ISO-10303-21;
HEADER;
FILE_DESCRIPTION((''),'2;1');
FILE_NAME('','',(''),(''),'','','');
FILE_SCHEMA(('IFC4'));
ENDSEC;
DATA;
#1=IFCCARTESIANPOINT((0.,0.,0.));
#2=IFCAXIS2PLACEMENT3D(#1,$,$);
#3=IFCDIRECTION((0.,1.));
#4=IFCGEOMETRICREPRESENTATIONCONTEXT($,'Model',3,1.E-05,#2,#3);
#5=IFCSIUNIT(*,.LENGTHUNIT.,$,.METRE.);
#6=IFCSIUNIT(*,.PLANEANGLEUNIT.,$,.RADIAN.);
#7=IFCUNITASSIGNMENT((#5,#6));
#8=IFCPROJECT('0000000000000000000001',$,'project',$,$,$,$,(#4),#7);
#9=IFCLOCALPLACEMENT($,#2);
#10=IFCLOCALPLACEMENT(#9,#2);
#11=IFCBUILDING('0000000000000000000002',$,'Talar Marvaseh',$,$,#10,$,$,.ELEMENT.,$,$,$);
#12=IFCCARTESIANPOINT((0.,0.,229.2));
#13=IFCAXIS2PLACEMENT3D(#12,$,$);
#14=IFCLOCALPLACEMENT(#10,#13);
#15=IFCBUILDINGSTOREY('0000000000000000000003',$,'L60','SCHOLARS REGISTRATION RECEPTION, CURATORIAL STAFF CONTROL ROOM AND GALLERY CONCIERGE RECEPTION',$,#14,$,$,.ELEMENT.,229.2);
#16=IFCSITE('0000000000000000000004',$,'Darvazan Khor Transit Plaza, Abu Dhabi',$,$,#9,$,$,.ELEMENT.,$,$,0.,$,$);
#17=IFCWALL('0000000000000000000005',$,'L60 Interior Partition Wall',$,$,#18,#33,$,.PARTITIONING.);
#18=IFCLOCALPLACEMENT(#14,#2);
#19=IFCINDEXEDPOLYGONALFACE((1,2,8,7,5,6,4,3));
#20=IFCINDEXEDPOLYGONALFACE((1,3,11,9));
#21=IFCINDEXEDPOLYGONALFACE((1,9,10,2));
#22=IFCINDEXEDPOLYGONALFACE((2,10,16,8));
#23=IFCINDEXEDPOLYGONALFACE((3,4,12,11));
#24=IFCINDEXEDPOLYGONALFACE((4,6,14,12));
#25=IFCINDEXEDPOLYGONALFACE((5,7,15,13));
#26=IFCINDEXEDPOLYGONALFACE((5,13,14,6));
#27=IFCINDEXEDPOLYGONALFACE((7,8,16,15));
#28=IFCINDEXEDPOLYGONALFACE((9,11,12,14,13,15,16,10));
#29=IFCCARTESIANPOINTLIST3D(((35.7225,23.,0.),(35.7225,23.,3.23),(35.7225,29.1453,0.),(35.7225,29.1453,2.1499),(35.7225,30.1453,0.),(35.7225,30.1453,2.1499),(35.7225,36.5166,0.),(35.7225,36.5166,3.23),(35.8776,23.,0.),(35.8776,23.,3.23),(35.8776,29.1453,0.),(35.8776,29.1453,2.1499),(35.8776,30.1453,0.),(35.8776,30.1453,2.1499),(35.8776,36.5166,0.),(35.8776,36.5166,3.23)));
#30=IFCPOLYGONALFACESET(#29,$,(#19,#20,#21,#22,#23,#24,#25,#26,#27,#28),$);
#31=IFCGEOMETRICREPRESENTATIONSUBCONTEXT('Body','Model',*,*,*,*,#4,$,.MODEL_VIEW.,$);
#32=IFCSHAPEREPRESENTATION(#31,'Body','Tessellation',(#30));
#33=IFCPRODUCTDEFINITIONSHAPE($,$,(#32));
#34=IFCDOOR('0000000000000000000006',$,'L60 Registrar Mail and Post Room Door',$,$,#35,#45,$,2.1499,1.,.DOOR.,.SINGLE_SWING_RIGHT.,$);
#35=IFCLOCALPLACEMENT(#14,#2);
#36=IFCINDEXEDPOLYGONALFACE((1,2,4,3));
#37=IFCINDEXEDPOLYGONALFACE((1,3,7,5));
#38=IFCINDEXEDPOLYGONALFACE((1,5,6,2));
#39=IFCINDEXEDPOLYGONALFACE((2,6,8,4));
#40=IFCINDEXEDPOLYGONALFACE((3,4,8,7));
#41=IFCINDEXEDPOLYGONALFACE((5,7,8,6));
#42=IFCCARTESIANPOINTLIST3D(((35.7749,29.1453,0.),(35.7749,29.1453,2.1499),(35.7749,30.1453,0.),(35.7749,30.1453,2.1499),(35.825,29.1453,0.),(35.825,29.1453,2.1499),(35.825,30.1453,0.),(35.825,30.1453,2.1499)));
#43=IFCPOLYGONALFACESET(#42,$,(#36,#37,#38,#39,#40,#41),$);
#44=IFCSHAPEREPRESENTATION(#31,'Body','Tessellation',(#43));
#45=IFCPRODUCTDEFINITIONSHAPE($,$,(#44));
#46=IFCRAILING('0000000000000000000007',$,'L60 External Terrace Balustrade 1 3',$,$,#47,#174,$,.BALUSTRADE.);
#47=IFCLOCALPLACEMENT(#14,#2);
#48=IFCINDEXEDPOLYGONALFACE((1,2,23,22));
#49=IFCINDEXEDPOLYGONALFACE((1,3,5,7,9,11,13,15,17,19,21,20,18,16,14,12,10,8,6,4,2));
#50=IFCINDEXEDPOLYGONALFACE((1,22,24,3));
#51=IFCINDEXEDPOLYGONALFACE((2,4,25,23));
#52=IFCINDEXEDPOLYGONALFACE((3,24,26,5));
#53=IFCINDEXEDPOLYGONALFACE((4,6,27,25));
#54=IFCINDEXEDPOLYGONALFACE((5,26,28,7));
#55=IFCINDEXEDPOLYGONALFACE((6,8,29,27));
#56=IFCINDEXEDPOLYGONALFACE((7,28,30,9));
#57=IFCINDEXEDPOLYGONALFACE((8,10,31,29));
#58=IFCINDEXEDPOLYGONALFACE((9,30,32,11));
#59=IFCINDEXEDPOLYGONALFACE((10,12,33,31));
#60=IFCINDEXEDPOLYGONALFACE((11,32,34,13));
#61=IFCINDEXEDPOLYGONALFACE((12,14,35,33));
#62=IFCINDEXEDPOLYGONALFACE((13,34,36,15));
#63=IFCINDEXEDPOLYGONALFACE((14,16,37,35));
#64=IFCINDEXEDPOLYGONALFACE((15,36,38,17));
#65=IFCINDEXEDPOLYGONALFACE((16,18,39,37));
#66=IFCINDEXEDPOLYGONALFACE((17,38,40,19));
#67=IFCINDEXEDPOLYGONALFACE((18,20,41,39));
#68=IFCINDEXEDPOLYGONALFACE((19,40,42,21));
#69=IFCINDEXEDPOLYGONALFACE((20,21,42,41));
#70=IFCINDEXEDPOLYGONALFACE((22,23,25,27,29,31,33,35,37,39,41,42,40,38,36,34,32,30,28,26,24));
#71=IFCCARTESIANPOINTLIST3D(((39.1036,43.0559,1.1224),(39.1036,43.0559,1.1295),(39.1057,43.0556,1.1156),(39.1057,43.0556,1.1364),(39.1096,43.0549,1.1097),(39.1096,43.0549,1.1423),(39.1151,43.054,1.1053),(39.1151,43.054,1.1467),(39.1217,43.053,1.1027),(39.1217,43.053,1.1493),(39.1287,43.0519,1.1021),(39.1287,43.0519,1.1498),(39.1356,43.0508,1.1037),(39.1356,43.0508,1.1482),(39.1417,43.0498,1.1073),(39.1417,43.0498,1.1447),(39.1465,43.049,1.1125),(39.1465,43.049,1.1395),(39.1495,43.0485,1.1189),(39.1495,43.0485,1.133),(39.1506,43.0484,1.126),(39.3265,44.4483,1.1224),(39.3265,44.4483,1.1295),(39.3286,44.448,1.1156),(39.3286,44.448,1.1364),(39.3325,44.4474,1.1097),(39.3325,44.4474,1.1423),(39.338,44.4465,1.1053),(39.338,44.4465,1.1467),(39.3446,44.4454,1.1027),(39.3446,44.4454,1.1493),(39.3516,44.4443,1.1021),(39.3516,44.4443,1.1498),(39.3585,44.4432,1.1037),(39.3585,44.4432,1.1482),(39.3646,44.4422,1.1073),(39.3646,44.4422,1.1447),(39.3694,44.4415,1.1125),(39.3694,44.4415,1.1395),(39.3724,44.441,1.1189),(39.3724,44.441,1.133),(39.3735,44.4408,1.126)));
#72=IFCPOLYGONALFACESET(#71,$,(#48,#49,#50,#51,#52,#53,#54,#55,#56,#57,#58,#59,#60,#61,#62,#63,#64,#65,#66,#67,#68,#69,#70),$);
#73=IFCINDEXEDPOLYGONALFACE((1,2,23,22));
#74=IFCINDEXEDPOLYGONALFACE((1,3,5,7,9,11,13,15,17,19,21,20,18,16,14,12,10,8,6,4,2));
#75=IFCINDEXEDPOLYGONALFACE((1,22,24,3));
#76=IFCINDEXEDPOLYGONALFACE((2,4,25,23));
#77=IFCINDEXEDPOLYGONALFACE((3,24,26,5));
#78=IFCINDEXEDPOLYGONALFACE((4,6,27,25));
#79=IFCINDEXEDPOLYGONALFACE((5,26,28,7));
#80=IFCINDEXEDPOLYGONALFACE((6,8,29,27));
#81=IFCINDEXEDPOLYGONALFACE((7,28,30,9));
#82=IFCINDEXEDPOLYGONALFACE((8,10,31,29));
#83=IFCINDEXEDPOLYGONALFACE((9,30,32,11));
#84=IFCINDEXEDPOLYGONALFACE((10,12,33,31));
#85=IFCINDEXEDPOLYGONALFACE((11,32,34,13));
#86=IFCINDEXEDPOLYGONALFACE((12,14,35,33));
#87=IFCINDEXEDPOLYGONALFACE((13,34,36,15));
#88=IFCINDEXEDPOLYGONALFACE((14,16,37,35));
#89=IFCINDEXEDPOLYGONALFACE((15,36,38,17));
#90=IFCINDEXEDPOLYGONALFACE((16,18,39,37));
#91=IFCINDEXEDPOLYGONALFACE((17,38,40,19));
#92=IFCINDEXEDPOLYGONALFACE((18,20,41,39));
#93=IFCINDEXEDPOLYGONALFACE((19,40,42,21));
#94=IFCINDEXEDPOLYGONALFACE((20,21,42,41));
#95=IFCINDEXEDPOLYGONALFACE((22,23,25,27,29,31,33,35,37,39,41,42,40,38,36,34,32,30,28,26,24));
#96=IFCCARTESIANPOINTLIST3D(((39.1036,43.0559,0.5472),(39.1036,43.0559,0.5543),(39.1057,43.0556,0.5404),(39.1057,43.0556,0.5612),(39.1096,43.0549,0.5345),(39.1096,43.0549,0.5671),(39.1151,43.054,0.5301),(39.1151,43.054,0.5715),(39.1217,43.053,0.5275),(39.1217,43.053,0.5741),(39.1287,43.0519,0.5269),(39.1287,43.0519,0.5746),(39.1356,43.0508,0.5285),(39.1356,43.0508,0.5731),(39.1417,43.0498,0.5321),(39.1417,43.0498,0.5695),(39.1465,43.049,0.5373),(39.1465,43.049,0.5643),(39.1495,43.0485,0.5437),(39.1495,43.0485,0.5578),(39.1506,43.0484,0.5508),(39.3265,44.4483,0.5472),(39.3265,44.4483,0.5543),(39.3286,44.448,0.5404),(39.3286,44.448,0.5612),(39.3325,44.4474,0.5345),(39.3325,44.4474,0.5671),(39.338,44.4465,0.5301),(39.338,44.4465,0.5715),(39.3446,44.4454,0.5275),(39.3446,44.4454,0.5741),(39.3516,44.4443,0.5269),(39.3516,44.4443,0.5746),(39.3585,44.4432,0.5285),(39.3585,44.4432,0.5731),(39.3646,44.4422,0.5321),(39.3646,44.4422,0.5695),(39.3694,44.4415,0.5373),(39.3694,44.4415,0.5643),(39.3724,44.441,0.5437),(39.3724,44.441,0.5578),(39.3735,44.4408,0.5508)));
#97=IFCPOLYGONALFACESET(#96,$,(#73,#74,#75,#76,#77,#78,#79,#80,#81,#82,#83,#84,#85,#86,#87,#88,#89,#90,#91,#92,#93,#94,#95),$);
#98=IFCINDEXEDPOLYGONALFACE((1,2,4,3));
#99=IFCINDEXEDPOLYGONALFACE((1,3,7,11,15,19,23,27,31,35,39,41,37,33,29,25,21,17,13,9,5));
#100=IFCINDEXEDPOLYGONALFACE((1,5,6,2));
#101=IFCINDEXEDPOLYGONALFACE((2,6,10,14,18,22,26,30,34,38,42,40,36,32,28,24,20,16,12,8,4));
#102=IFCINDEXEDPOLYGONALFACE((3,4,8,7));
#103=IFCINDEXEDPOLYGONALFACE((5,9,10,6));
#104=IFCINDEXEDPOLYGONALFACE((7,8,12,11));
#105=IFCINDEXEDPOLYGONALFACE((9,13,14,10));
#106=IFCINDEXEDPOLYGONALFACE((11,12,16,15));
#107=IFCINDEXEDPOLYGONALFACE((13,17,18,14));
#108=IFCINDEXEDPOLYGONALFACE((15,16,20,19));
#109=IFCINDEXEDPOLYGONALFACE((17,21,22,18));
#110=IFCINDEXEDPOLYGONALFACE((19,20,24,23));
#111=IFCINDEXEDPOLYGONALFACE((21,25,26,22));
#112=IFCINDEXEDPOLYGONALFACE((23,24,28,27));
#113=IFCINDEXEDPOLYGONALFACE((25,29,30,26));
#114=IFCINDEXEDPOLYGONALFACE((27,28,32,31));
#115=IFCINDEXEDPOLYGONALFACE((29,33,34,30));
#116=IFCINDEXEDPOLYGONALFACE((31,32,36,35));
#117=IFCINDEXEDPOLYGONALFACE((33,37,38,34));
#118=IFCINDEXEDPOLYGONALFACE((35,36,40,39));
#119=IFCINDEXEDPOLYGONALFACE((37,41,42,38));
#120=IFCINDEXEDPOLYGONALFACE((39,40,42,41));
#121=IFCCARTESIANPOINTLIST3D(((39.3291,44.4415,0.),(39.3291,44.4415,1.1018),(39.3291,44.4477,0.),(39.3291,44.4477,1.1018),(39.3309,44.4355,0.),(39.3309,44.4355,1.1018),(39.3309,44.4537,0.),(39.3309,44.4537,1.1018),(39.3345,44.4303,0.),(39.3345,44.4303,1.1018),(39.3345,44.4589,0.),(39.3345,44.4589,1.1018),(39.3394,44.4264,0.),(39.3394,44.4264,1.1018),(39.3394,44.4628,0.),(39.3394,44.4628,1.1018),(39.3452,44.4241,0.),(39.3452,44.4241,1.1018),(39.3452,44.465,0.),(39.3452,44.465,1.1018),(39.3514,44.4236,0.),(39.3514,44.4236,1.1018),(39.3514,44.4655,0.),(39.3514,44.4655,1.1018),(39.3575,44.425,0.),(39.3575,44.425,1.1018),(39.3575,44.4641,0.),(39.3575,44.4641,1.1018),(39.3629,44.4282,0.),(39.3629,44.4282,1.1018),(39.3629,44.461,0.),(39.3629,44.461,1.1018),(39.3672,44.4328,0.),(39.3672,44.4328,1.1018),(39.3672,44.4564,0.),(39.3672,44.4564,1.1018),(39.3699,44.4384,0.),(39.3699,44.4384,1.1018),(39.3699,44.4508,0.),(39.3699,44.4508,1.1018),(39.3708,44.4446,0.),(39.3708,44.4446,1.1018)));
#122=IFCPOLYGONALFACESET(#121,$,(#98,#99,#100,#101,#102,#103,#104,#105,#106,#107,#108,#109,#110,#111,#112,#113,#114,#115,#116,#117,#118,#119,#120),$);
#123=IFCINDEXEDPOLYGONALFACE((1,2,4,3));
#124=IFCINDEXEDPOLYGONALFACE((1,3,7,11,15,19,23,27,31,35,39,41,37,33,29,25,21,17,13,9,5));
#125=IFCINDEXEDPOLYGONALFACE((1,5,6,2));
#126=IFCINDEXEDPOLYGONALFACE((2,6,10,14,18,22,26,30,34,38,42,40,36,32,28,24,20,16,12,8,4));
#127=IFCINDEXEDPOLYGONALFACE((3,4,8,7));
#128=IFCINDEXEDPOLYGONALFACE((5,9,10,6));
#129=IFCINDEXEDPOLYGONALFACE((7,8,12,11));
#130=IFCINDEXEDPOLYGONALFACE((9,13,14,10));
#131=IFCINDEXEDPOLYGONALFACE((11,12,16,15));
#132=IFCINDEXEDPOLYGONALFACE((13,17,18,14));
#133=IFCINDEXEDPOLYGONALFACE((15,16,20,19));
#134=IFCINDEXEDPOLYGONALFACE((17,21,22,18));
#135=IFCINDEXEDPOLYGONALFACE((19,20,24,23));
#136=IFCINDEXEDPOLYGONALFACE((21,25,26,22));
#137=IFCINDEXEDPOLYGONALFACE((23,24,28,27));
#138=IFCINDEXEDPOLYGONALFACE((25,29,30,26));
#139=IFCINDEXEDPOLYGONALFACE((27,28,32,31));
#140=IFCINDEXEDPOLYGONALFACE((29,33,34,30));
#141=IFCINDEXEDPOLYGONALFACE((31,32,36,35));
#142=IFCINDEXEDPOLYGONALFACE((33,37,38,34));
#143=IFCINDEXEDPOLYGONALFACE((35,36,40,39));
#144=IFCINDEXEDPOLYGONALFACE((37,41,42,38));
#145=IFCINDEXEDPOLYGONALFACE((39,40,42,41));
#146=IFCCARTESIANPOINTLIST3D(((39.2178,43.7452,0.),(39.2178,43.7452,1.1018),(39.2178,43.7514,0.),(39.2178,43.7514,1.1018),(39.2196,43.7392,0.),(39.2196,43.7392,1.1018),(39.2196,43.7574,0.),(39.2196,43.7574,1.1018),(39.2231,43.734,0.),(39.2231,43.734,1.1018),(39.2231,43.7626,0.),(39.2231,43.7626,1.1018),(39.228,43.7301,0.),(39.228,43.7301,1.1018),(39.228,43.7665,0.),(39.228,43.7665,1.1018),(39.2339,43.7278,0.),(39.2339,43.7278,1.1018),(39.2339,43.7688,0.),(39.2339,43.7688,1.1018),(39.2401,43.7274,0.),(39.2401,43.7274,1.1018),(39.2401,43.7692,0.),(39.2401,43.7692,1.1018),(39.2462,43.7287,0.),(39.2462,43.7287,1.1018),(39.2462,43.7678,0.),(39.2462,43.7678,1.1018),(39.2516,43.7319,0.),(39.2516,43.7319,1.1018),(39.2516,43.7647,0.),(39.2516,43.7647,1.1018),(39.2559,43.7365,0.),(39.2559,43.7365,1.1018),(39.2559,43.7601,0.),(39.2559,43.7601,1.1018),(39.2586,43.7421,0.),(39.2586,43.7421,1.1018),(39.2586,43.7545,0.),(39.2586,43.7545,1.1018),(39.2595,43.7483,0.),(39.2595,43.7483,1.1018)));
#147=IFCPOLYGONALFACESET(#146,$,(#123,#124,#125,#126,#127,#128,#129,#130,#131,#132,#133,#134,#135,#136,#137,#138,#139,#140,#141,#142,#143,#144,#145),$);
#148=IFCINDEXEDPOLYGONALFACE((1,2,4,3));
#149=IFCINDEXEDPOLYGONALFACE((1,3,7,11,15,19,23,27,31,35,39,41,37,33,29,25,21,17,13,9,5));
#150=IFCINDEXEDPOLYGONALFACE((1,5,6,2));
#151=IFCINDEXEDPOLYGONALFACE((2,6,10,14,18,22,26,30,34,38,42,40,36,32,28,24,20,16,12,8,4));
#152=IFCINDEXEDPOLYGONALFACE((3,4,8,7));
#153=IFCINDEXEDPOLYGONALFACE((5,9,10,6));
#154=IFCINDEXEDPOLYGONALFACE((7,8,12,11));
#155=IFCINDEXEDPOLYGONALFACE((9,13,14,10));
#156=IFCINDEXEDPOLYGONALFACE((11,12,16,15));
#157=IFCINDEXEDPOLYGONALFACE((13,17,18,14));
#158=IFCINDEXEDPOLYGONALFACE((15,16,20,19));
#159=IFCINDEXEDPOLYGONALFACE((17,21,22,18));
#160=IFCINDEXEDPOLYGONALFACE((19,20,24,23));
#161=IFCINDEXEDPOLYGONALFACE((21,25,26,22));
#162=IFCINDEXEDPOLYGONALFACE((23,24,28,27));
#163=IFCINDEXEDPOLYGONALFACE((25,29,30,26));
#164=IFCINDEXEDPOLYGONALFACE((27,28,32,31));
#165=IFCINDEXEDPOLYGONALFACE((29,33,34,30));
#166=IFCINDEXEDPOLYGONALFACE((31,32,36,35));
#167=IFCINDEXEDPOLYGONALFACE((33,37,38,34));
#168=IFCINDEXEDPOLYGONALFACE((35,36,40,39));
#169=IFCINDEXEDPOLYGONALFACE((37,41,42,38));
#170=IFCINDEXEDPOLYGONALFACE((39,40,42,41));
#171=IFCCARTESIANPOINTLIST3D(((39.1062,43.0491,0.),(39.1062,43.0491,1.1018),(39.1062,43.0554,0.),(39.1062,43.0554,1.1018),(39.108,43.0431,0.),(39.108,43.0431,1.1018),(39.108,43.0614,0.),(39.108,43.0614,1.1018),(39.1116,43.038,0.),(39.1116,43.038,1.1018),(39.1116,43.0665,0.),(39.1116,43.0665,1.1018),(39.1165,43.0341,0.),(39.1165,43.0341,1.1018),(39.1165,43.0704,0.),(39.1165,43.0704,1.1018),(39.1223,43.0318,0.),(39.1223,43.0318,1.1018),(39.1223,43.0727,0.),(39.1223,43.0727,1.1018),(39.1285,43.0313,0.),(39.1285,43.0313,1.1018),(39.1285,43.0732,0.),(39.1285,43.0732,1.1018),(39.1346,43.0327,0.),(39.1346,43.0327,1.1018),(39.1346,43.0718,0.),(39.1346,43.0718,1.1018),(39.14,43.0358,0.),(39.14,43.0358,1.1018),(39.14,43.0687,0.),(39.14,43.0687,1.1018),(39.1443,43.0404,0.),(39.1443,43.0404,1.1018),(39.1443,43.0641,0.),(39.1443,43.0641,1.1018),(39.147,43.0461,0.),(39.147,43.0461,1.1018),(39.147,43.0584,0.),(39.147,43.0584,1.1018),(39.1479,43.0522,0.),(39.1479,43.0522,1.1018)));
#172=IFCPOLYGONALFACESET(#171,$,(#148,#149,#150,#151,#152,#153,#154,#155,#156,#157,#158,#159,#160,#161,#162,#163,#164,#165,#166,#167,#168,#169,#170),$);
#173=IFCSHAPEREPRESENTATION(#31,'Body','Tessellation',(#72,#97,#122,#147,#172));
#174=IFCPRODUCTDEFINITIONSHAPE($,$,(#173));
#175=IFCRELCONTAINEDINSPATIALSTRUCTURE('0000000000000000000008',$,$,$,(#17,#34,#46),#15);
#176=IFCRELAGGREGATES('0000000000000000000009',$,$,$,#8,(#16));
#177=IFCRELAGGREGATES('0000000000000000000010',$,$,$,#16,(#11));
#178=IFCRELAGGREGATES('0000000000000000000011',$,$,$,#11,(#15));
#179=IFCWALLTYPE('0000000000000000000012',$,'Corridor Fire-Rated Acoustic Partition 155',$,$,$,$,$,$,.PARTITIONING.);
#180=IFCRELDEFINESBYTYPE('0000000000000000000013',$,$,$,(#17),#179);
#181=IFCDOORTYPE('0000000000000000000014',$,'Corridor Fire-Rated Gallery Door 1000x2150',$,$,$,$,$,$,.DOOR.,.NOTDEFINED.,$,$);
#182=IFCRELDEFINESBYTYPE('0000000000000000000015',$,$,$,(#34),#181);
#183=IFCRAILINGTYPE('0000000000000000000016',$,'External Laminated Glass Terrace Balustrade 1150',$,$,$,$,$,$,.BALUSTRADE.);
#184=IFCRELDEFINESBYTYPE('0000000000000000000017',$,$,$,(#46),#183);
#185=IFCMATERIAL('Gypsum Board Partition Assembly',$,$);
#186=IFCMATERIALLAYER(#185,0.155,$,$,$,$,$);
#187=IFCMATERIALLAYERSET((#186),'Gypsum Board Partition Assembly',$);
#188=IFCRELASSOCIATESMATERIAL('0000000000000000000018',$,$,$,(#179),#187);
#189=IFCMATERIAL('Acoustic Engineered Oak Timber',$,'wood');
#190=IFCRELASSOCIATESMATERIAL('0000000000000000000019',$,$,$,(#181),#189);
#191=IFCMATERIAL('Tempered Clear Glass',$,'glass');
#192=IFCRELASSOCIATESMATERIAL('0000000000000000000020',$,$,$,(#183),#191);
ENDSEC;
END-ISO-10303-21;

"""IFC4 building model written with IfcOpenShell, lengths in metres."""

from ifc_helpers import new_model, si_unit, direction, frame, frame_2d, origin, origin_2d, place, context, subcontext, project, spatial, rectangle, circle, extrude, source, transform, mapped, material, layer, layer_set, type_object, type_shapes, element, fill, save


model = new_model("IFC4")

# Units and contexts
model_context = context("Model", 3, precision=1e-05, world=origin(), true_north=direction((0.0, 1.0)))
body_context = subcontext(model_context, "Body", "Model", "MODEL_VIEW")
ifc_project = project(units=[si_unit("LENGTHUNIT", "METRE"), si_unit("PLANEANGLEUNIT", "RADIAN")], contexts=[model_context])

# Site, building, storey
site_placement = place(None, origin())
site = spatial("IfcSite", under=ifc_project, at=site_placement, Name="Darvazan Khor Transit Plaza, Abu Dhabi", CompositionType="ELEMENT", RefElevation=0.0)
building_placement = place(site_placement, origin())
building = spatial("IfcBuilding", under=site, at=building_placement, Name="Talar Marvaseh", CompositionType="ELEMENT")
storey_placement = place(building_placement, frame((0.0, 0.0, 229.2)))
storey = spatial("IfcBuildingStorey", under=building, at=storey_placement, Name="L60", Description="SCHOLARS REGISTRATION RECEPTION, CURATORIAL STAFF CONTROL ROOM AND GALLERY CONCIERGE RECEPTION", CompositionType="ELEMENT", Elevation=229.2)

# Wall, opening, door
ifc_material_1 = material(Name="Gypsum Board Partition Assembly")
ifc_layer_1 = layer(ifc_material_1, 0.155)
ifc_layer_set_1 = layer_set([ifc_layer_1], Name="Gypsum Board Partition Assembly")
wall_type_1 = type_object("IfcWallType", Name="Corridor Fire-Rated Acoustic Partition 155", PredefinedType="PARTITIONING", material=ifc_layer_set_1)
wall_1_placement = place(storey_placement, frame((35.8, 36.5166, 0.0), z_axis=(0.0, 0.0, 1.0), x_axis=(0.0, -1.0, 0.0)))
wall_1 = element("IfcWall", 1, at=wall_1_placement, inside=storey, type_object=wall_type_1, Name="L60 Interior Partition Wall", PredefinedType="PARTITIONING", context=body_context, shape_type="SweptSolid", body=[
    extrude(rectangle(XDim=13.5166, YDim=0.155, at=frame_2d((6.7583, 0.0))), origin(), (0.0, 0.0, 1.0), 3.23),
])
opening_1_placement = place(wall_1_placement, frame((6.3713, 0.0, 0.0)))
opening_1 = element("IfcOpeningElement", 2, at=opening_1_placement, cuts=wall_1, PredefinedType="OPENING", context=body_context, shape_type="SweptSolid", body=[
    extrude(rectangle(XDim=1.0, YDim=2.1499, at=frame_2d((0.5, 1.075))), frame((0.0, 0.0874, 0.0), z_axis=(0.0, -1.0, 0.0), x_axis=(1.0, 0.0, 0.0)), (0.0, 0.0, 1.0), 0.175),
])
ifc_material_2 = material(Name="Acoustic Engineered Oak Timber", Category="wood")
door_type = type_object("IfcDoorType", Name="Corridor Fire-Rated Gallery Door 1000x2150", OperationType="NOTDEFINED", PredefinedType="DOOR", material=ifc_material_2)
shared_shape_1 = source(origin(), body_context, "Body", "SweptSolid", [
    extrude(rectangle(XDim=1.0, YDim=2.1499, at=frame_2d((0.5, 1.075))), frame((0.0, 0.0249, 0.0), z_axis=(0.0, -1.0, 0.0), x_axis=(1.0, 0.0, 0.0)), (0.0, 0.0, 1.0), 0.05),
])
type_shapes(door_type, [shared_shape_1])
door_placement = place(opening_1_placement, origin())
door = element("IfcDoor", 3, at=door_placement, inside=storey, type_object=door_type, Name="L60 Registrar Mail and Post Room Door", OperationType="SINGLE_SWING_RIGHT", OverallHeight=2.1499, OverallWidth=1.0, PredefinedType="DOOR", context=body_context, shape_type="MappedRepresentation", body=[
    mapped(shared_shape_1, transform((0.0, 0.0, 0.0), x_axis=(1.0, 0.0, 0.0), y_axis=(0.0, 1.0, 0.0), z_axis=(0.0, 0.0, 1.0), scale=1.0)),
])
fill(opening_1, door)

# Railing
ifc_material_3 = material(Name="Tempered Clear Glass", Category="glass")
railing_type = type_object("IfcRailingType", Name="External Laminated Glass Terrace Balustrade 1150", PredefinedType="BALUSTRADE", material=ifc_material_3)
railing_1_placement = place(storey_placement, frame((39.3499, 44.4446, 0.0)))
element("IfcRailing", 4, at=railing_1_placement, inside=storey, type_object=railing_type, Name="L60 External Terrace Balustrade 1 3", PredefinedType="BALUSTRADE", context=body_context, shape_type="SweptSolid", body=[
    extrude(circle(Radius=0.0239, at=origin_2d()), frame((0.0, 0.0, 1.126), z_axis=(-0.158078, -0.987427, 0.0), x_axis=(0.987427, -0.158078, 0.0)), (0.0, 0.0, 1.0), 1.4102),
    extrude(circle(Radius=0.0239, at=origin_2d()), frame((0.0, 0.0, 0.5508), z_axis=(-0.158078, -0.987427, 0.0), x_axis=(0.987427, -0.158078, 0.0)), (0.0, 0.0, 1.0), 1.4102),
    extrude(circle(Radius=0.021, at=origin_2d()), origin(), (0.0, 0.0, 1.0), 1.1018),
    extrude(circle(Radius=0.021, at=origin_2d()), frame((-0.1113, -0.6963, 0.0)), (0.0, 0.0, 1.0), 1.1018),
    extrude(circle(Radius=0.021, at=origin_2d()), frame((-0.2229, -1.3923, 0.0)), (0.0, 0.0, 1.0), 1.1018),
])

save(model, "model.ifc")
